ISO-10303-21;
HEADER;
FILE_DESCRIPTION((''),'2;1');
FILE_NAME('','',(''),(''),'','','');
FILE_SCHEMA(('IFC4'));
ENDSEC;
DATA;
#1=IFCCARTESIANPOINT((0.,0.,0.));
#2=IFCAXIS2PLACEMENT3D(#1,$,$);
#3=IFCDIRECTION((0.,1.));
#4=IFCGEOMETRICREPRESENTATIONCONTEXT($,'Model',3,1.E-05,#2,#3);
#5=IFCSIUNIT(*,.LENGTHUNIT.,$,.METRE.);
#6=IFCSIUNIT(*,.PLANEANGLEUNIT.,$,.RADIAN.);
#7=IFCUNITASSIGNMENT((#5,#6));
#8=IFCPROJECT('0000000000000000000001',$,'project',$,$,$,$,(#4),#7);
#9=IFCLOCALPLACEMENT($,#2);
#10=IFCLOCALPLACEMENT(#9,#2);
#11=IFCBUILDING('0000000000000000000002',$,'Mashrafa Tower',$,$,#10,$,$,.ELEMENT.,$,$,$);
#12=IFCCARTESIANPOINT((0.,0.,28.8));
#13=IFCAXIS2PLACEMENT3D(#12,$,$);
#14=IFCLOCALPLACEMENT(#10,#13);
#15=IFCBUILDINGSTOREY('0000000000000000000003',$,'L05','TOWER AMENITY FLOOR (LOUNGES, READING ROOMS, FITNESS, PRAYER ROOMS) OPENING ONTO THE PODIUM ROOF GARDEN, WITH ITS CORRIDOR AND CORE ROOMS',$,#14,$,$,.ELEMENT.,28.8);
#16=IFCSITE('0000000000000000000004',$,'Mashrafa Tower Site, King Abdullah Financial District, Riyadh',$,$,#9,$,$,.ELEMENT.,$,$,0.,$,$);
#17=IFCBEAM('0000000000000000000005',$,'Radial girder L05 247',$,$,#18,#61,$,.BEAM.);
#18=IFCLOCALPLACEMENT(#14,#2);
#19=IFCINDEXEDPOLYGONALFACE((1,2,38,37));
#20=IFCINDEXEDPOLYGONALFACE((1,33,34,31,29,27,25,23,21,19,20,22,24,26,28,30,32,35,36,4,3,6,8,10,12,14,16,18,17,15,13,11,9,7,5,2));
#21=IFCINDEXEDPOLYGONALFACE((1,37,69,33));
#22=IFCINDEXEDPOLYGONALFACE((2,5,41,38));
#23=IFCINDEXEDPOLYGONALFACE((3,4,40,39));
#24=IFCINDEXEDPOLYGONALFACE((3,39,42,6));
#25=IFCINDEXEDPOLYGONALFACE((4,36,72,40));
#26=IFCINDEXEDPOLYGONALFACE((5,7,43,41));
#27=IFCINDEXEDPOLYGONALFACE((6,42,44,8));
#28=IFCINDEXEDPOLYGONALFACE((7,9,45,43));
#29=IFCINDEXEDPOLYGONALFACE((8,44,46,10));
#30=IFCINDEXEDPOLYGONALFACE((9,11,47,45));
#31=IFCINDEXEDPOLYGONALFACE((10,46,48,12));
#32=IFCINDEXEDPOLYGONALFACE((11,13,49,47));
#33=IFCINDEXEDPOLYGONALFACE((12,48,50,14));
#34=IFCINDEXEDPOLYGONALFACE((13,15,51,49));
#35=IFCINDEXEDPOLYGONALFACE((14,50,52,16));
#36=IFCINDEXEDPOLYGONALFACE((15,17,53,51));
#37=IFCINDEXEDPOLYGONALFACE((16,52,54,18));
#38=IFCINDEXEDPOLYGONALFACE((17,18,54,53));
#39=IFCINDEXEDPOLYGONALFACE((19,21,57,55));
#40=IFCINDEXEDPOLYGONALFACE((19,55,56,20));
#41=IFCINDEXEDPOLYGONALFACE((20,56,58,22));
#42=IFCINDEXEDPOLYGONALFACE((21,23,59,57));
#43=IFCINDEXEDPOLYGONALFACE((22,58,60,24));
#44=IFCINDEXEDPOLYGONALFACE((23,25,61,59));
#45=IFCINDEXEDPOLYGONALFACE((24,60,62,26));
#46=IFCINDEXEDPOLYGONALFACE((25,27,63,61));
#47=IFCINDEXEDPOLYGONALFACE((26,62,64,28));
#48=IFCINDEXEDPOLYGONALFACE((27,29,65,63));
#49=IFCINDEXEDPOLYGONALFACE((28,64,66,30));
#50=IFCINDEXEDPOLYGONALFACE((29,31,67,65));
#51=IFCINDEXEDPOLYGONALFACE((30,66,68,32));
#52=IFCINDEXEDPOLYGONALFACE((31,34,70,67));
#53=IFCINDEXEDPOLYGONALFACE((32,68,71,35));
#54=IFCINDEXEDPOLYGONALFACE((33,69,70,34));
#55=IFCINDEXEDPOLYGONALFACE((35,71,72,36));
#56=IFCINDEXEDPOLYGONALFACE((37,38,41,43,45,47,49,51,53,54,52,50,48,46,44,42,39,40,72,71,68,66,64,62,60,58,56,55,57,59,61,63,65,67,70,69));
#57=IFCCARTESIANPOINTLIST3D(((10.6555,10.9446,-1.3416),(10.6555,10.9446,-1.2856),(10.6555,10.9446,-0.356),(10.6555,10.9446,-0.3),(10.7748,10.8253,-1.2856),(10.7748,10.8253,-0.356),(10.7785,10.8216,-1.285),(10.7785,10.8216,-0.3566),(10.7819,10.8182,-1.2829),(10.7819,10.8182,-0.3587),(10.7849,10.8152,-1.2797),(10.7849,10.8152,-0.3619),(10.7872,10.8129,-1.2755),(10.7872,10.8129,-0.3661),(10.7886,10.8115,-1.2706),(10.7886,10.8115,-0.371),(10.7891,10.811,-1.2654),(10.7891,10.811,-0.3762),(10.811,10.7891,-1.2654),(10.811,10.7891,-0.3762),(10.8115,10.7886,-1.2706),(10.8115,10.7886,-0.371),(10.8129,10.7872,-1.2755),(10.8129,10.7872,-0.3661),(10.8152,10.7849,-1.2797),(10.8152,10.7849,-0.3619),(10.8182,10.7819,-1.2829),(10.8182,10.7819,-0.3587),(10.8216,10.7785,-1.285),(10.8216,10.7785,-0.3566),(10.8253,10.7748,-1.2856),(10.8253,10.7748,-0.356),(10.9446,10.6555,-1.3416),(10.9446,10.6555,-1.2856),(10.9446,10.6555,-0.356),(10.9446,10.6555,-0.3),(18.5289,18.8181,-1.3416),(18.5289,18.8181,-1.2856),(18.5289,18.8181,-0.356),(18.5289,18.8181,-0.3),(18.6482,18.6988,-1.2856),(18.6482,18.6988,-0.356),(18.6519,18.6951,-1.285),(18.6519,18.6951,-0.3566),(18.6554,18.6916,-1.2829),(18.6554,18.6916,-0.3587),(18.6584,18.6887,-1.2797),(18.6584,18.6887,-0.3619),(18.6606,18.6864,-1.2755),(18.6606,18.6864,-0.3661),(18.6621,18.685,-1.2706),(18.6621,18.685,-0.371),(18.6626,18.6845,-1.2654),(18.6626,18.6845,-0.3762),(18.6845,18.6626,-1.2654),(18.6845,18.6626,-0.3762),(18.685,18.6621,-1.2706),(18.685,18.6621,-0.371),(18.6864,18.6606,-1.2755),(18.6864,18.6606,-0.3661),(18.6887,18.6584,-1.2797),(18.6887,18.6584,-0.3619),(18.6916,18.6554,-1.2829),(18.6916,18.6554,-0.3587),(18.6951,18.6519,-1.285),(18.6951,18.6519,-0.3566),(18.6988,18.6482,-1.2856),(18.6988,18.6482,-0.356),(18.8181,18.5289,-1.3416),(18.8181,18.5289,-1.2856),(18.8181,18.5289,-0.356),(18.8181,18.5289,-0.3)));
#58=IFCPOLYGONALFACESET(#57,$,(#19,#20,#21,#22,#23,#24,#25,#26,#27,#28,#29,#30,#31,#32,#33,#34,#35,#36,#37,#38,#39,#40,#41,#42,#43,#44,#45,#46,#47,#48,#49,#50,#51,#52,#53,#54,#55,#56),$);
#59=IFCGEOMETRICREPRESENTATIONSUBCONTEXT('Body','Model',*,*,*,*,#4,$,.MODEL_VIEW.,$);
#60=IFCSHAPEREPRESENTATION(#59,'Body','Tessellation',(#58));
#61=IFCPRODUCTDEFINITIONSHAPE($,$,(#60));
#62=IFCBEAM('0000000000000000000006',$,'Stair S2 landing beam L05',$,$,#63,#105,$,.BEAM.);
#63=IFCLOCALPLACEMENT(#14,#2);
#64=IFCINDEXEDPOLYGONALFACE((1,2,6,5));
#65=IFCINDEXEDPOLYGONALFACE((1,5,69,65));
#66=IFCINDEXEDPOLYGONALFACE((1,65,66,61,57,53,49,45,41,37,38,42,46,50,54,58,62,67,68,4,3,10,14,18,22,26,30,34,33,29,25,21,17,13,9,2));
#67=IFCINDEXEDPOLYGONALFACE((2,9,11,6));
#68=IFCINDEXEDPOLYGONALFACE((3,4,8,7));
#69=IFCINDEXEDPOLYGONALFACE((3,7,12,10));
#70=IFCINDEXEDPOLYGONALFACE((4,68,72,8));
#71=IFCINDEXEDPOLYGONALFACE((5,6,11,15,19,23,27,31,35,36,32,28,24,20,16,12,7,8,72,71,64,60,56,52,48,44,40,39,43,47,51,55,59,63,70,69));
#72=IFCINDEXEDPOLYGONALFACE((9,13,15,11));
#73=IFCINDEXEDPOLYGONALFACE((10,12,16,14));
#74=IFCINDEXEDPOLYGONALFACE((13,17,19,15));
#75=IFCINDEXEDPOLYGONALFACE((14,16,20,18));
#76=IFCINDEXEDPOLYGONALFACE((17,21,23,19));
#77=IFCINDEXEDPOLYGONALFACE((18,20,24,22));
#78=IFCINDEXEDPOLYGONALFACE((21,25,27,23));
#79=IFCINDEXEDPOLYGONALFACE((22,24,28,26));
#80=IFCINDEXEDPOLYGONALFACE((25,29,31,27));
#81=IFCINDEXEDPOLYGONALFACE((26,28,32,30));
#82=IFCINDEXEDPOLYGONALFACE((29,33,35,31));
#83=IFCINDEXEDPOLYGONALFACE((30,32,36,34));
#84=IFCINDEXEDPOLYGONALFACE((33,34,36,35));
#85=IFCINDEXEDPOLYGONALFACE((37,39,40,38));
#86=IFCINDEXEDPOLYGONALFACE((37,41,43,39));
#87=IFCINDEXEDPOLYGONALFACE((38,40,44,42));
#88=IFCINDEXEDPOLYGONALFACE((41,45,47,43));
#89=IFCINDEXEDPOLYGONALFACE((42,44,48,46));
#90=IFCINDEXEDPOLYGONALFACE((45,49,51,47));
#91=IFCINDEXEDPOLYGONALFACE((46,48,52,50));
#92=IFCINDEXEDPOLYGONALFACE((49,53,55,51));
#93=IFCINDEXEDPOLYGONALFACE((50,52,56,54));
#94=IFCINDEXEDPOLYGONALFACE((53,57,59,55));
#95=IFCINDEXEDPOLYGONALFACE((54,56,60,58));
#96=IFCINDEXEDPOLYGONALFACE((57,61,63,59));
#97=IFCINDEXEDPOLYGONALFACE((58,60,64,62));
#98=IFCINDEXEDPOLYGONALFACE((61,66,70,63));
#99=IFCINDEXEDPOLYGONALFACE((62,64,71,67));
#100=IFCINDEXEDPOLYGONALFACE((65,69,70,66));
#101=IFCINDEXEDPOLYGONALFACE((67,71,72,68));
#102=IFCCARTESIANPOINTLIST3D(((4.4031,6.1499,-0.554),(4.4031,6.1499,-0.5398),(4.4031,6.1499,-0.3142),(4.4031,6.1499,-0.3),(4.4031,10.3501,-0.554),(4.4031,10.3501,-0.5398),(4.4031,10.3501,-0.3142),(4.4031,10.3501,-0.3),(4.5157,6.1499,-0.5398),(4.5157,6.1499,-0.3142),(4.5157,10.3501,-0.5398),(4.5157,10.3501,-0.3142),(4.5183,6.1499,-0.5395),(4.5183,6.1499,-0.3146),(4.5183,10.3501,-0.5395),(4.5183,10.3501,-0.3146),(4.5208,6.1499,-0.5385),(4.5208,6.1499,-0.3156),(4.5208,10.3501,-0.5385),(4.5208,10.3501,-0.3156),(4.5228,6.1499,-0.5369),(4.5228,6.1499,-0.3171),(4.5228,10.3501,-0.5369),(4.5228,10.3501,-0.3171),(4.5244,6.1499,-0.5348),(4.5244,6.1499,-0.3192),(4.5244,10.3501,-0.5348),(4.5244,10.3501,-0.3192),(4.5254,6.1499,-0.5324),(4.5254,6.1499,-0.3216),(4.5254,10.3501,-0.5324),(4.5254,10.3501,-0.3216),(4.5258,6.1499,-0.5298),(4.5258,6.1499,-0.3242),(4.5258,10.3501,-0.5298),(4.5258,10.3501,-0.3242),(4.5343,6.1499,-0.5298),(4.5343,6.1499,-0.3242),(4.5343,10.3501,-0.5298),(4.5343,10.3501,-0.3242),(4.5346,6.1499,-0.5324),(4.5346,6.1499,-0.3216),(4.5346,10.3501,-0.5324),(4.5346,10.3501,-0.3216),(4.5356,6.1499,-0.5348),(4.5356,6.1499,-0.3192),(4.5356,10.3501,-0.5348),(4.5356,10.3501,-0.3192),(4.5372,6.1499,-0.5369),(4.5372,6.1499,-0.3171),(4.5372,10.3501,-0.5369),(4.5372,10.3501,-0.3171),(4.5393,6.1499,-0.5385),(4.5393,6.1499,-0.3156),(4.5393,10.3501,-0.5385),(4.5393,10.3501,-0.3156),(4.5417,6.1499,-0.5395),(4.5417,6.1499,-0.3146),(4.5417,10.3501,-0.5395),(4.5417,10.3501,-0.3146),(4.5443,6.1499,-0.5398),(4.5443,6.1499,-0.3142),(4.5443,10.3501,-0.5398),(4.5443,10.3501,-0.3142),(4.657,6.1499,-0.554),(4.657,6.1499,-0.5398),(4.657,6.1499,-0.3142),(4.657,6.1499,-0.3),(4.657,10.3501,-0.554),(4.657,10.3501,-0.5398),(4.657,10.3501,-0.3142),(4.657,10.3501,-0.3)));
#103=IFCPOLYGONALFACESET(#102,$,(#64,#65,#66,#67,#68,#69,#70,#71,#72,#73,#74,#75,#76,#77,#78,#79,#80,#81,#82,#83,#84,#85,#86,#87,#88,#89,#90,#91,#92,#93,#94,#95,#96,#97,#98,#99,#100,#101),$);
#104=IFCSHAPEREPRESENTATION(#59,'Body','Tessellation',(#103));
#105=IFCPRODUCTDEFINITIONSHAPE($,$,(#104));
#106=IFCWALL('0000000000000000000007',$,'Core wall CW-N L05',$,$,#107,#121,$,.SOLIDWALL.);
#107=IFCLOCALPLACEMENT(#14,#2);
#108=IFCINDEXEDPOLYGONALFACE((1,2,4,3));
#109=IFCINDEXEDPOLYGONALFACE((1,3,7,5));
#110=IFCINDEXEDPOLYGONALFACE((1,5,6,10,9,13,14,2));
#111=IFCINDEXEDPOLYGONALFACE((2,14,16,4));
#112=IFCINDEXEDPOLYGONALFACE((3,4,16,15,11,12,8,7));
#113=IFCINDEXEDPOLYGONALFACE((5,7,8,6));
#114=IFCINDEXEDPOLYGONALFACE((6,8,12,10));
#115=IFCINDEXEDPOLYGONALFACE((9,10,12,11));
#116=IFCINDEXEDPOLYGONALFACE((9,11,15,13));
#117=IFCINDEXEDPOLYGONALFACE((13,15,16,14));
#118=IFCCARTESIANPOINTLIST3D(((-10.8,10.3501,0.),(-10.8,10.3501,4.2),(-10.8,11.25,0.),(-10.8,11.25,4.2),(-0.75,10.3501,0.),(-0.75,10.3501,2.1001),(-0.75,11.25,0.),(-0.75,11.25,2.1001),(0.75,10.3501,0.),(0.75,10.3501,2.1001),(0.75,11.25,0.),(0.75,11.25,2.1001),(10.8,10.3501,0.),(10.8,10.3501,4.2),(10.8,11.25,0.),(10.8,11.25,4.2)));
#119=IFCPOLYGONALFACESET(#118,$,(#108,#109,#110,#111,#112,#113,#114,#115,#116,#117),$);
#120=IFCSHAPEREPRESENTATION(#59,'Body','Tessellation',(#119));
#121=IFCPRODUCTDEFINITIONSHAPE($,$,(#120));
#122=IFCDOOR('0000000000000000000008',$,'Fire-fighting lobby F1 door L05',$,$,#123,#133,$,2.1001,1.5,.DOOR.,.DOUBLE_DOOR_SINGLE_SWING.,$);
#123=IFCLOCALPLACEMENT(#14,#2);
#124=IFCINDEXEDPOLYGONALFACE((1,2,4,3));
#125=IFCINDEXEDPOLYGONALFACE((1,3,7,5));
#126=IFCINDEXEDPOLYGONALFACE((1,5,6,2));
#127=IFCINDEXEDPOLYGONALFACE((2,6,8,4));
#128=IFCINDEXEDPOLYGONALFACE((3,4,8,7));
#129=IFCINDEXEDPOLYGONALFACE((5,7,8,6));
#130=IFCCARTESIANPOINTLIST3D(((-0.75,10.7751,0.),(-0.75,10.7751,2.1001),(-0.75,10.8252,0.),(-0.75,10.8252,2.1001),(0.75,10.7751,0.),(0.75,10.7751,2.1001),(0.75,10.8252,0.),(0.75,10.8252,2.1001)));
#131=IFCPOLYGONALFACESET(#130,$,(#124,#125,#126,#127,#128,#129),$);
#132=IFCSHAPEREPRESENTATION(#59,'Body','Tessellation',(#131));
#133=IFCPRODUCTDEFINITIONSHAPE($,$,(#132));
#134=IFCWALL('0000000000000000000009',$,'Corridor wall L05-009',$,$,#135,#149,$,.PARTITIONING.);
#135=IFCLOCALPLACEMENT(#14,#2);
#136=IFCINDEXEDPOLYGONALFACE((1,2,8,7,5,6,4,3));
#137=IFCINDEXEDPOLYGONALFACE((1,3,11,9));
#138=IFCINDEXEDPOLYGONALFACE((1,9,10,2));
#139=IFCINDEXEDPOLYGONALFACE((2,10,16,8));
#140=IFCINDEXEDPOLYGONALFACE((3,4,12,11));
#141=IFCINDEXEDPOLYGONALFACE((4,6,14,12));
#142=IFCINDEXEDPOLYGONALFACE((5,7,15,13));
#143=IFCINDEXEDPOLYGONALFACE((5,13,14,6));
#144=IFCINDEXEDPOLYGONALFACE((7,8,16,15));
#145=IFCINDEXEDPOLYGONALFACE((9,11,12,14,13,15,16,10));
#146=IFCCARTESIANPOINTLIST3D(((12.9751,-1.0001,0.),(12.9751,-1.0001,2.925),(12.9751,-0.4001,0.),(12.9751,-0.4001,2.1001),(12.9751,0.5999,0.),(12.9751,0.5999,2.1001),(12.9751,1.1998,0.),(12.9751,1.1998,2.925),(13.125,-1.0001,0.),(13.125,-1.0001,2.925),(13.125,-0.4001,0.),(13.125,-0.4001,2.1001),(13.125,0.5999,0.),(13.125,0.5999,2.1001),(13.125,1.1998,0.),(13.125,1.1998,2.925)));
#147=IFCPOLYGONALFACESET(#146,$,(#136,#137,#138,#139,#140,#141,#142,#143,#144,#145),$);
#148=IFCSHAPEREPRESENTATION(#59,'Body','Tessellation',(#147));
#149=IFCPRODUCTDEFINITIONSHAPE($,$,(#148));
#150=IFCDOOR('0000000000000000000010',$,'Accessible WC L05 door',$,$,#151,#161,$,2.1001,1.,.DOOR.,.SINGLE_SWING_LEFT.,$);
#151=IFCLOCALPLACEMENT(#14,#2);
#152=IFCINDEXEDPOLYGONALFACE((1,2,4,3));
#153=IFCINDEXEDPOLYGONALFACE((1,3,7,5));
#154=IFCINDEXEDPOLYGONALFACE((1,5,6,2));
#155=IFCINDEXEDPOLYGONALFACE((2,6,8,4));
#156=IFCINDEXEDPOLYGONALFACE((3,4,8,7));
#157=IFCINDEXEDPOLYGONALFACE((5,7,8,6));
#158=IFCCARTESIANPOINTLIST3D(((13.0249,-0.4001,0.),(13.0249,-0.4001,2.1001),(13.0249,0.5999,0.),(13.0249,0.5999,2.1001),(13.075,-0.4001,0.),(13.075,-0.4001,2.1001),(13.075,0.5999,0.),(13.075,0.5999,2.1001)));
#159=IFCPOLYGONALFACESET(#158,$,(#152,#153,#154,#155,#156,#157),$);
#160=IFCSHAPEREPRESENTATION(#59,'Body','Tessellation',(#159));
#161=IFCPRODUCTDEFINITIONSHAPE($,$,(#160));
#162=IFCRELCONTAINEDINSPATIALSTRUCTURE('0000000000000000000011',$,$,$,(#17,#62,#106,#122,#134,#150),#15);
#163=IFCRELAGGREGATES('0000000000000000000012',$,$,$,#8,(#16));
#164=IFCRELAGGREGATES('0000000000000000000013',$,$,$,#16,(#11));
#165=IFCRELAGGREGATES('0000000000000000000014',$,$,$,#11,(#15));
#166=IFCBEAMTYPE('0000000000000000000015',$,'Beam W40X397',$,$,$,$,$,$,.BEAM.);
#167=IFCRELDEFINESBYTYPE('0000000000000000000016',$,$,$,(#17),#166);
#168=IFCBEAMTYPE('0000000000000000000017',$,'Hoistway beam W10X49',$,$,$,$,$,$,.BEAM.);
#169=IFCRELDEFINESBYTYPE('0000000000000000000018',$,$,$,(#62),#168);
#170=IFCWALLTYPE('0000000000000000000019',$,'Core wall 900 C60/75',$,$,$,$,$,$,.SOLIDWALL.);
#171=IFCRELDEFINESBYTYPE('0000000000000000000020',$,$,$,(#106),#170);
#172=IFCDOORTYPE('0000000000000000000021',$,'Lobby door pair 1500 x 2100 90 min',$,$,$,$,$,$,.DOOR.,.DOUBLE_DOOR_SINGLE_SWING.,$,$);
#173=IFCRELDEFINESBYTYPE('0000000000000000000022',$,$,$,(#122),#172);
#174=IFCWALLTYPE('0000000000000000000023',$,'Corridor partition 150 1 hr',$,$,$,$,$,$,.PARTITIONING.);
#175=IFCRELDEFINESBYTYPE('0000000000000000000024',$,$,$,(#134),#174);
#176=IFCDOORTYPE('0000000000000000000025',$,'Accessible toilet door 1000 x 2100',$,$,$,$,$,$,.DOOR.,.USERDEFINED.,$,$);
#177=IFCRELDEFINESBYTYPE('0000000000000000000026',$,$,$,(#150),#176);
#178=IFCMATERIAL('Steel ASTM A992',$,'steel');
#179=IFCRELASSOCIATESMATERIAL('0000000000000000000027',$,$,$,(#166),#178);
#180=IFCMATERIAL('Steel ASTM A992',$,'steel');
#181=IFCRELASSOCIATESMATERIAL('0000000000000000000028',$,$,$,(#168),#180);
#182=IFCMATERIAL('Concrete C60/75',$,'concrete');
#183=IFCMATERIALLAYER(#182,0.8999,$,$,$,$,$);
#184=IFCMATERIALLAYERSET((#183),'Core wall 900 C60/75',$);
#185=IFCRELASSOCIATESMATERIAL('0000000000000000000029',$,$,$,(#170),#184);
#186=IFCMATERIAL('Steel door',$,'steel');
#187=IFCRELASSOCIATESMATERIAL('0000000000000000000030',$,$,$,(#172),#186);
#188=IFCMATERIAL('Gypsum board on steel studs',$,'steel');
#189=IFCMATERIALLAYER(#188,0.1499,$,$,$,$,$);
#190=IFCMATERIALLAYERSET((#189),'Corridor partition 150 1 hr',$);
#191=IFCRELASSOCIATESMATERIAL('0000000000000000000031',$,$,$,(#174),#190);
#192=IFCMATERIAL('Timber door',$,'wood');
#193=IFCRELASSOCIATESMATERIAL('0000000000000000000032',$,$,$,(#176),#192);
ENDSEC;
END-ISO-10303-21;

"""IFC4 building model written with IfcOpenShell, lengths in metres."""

from ifc_helpers import new_model, si_unit, direction, frame, frame_2d, origin, origin_2d, place, context, subcontext, project, spatial, rectangle, i_section, extrude, material, layer, layer_set, material_profile, profile_set, type_object, element, fill, save


model = new_model("IFC4")

# Units and contexts
model_context = context("Model", 3, precision=1e-05, world=origin(), true_north=direction((0.0, 1.0)))
body_context = subcontext(model_context, "Body", "Model", "MODEL_VIEW")
ifc_project = project(units=[si_unit("LENGTHUNIT", "METRE"), si_unit("PLANEANGLEUNIT", "RADIAN")], contexts=[model_context])

# Site, building, storey
site_placement = place(None, origin())
site = spatial("IfcSite", under=ifc_project, at=site_placement, Name="Mashrafa Tower Site, King Abdullah Financial District, Riyadh", CompositionType="ELEMENT", RefElevation=0.0)
building_placement = place(site_placement, origin())
building = spatial("IfcBuilding", under=site, at=building_placement, Name="Mashrafa Tower", CompositionType="ELEMENT")
storey_placement = place(building_placement, frame((0.0, 0.0, 28.8)))
storey = spatial("IfcBuildingStorey", under=building, at=storey_placement, Name="L05", Description="TOWER AMENITY FLOOR (LOUNGES, READING ROOMS, FITNESS, PRAYER ROOMS) OPENING ONTO THE PODIUM ROOF GARDEN, WITH ITS CORRIDOR AND CORE ROOMS", CompositionType="ELEMENT", Elevation=28.8)

# Beams
ifc_material_1 = material(Name="Steel ASTM A992", Category="steel")
ifc_material_profile_1 = material_profile(ifc_material_1, i_section(OverallWidth=0.4089, OverallDepth=1.0415, WebThickness=0.031, FlangeThickness=0.0559, FilletRadius=0.0203, at=origin_2d()), Name="W40X397")
ifc_profile_set_1 = profile_set([ifc_material_profile_1], Name="Steel ASTM A992")
beam_type_1 = type_object("IfcBeamType", Name="Beam W40X397", PredefinedType="BEAM", material=ifc_profile_set_1)
beam_1_placement = place(storey_placement, frame((10.8, 10.8, -0.8208), z_axis=(0.707107, 0.707107, 0.0), x_axis=(-0.707107, 0.707107, 0.0)))
element("IfcBeam", 1, at=beam_1_placement, inside=storey, type_object=beam_type_1, Name="Radial girder L05 247", PredefinedType="BEAM", context=body_context, shape_type="SweptSolid", body=[
    extrude(i_section(OverallWidth=0.4089, OverallDepth=1.0415, WebThickness=0.031, FlangeThickness=0.0559, FilletRadius=0.0203, at=origin_2d()), origin(), (0.0, 0.0, 1.0), 11.1348),
])
ifc_material_2 = material(Name="Steel ASTM A992", Category="steel")
ifc_material_profile_2 = material_profile(ifc_material_2, i_section(OverallWidth=0.2539, OverallDepth=0.2539, WebThickness=0.0085, FlangeThickness=0.0142, FilletRadius=0.01, at=origin_2d()), Name="W10X49")
ifc_profile_set_2 = profile_set([ifc_material_profile_2], Name="Steel ASTM A992")
beam_type_2 = type_object("IfcBeamType", Name="Hoistway beam W10X49", PredefinedType="BEAM", material=ifc_profile_set_2)
beam_2_placement = place(storey_placement, frame((4.53, 6.1499, -0.427), z_axis=(0.0, 1.0, 0.0), x_axis=(-1.0, 0.0, 0.0)))
element("IfcBeam", 2, at=beam_2_placement, inside=storey, type_object=beam_type_2, Name="Stair S2 landing beam L05", PredefinedType="BEAM", context=body_context, shape_type="SweptSolid", body=[
    extrude(i_section(OverallWidth=0.2539, OverallDepth=0.2539, WebThickness=0.0085, FlangeThickness=0.0142, FilletRadius=0.01, at=origin_2d()), origin(), (0.0, 0.0, 1.0), 4.2002),
])

# Walls, openings, doors
ifc_material_3 = material(Name="Concrete C60/75", Category="concrete")
ifc_layer_1 = layer(ifc_material_3, 0.8999)
ifc_layer_set_1 = layer_set([ifc_layer_1], Name="Core wall 900 C60/75")
wall_type_1 = type_object("IfcWallType", Name="Core wall 900 C60/75", PredefinedType="SOLIDWALL", material=ifc_layer_set_1)
wall_1_placement = place(storey_placement, frame((10.8, 10.8, 0.0), z_axis=(0.0, 0.0, 1.0), x_axis=(-1.0, 0.0, 0.0)))
wall_1 = element("IfcWall", 3, at=wall_1_placement, inside=storey, type_object=wall_type_1, Name="Core wall CW-N L05", PredefinedType="SOLIDWALL", context=body_context, shape_type="SweptSolid", body=[
    extrude(rectangle(XDim=21.6001, YDim=0.8999, at=frame_2d((10.8, 0.0))), origin(), (0.0, 0.0, 1.0), 4.2),
])
opening_1_placement = place(wall_1_placement, frame((10.05, 0.0, 0.0)))
opening_1 = element("IfcOpeningElement", 4, at=opening_1_placement, cuts=wall_1, PredefinedType="OPENING", context=body_context, shape_type="SweptSolid", body=[
    extrude(rectangle(XDim=1.5, YDim=2.1001, at=frame_2d((0.75, 1.05))), frame((0.0, 0.46, 0.0), z_axis=(0.0, -1.0, 0.0), x_axis=(1.0, 0.0, 0.0)), (0.0, 0.0, 1.0), 0.9199),
])
ifc_material_4 = material(Name="Steel door", Category="steel")
door_type_1 = type_object("IfcDoorType", Name="Lobby door pair 1500 x 2100 90 min", OperationType="DOUBLE_DOOR_SINGLE_SWING", PredefinedType="DOOR", material=ifc_material_4)
door_1_placement = place(opening_1_placement, origin())
door_1 = element("IfcDoor", 5, at=door_1_placement, inside=storey, type_object=door_type_1, Name="Fire-fighting lobby F1 door L05", OperationType="DOUBLE_DOOR_SINGLE_SWING", OverallHeight=2.1001, OverallWidth=1.5, PredefinedType="DOOR", context=body_context, shape_type="SweptSolid", body=[
    extrude(rectangle(XDim=1.5, YDim=2.1001, at=frame_2d((0.75, 1.05))), frame((0.0, 0.0249, 0.0), z_axis=(0.0, -1.0, 0.0), x_axis=(1.0, 0.0, 0.0)), (0.0, 0.0, 1.0), 0.05),
])
fill(opening_1, door_1)
ifc_material_5 = material(Name="Gypsum board on steel studs", Category="steel")
ifc_layer_2 = layer(ifc_material_5, 0.1499)
ifc_layer_set_2 = layer_set([ifc_layer_2], Name="Corridor partition 150 1 hr")
wall_type_2 = type_object("IfcWallType", Name="Corridor partition 150 1 hr", PredefinedType="PARTITIONING", material=ifc_layer_set_2)
wall_2_placement = place(storey_placement, frame((13.05, 1.2, 0.0), z_axis=(0.0, 0.0, 1.0), x_axis=(0.0, -1.0, 0.0)))
wall_2 = element("IfcWall", 6, at=wall_2_placement, inside=storey, type_object=wall_type_2, Name="Corridor wall L05-009", PredefinedType="PARTITIONING", context=body_context, shape_type="SweptSolid", body=[
    extrude(rectangle(XDim=2.2, YDim=0.1499, at=frame_2d((1.1001, 0.0))), origin(), (0.0, 0.0, 1.0), 2.925),
])
opening_2_placement = place(wall_2_placement, frame((0.6001, 0.0, 0.0)))
opening_2 = element("IfcOpeningElement", 7, at=opening_2_placement, cuts=wall_2, PredefinedType="OPENING", context=body_context, shape_type="SweptSolid", body=[
    extrude(rectangle(XDim=1.0, YDim=2.1001, at=frame_2d((0.5, 1.05))), frame((0.0, 0.085, 0.0), z_axis=(0.0, -1.0, 0.0), x_axis=(1.0, 0.0, 0.0)), (0.0, 0.0, 1.0), 0.1699),
])
ifc_material_6 = material(Name="Timber door", Category="wood")
door_type_2 = type_object("IfcDoorType", Name="Accessible toilet door 1000 x 2100", OperationType="USERDEFINED", PredefinedType="DOOR", material=ifc_material_6)
door_2_placement = place(opening_2_placement, origin())
door_2 = element("IfcDoor", 8, at=door_2_placement, inside=storey, type_object=door_type_2, Name="Accessible WC L05 door", OperationType="SINGLE_SWING_LEFT", OverallHeight=2.1001, OverallWidth=1.0, PredefinedType="DOOR", context=body_context, shape_type="SweptSolid", body=[
    extrude(rectangle(XDim=1.0, YDim=2.1001, at=frame_2d((0.5, 1.05))), frame((0.0, 0.0249, 0.0), z_axis=(0.0, -1.0, 0.0), x_axis=(1.0, 0.0, 0.0)), (0.0, 0.0, 1.0), 0.05),
])
fill(opening_2, door_2)

save(model, "model.ifc")
